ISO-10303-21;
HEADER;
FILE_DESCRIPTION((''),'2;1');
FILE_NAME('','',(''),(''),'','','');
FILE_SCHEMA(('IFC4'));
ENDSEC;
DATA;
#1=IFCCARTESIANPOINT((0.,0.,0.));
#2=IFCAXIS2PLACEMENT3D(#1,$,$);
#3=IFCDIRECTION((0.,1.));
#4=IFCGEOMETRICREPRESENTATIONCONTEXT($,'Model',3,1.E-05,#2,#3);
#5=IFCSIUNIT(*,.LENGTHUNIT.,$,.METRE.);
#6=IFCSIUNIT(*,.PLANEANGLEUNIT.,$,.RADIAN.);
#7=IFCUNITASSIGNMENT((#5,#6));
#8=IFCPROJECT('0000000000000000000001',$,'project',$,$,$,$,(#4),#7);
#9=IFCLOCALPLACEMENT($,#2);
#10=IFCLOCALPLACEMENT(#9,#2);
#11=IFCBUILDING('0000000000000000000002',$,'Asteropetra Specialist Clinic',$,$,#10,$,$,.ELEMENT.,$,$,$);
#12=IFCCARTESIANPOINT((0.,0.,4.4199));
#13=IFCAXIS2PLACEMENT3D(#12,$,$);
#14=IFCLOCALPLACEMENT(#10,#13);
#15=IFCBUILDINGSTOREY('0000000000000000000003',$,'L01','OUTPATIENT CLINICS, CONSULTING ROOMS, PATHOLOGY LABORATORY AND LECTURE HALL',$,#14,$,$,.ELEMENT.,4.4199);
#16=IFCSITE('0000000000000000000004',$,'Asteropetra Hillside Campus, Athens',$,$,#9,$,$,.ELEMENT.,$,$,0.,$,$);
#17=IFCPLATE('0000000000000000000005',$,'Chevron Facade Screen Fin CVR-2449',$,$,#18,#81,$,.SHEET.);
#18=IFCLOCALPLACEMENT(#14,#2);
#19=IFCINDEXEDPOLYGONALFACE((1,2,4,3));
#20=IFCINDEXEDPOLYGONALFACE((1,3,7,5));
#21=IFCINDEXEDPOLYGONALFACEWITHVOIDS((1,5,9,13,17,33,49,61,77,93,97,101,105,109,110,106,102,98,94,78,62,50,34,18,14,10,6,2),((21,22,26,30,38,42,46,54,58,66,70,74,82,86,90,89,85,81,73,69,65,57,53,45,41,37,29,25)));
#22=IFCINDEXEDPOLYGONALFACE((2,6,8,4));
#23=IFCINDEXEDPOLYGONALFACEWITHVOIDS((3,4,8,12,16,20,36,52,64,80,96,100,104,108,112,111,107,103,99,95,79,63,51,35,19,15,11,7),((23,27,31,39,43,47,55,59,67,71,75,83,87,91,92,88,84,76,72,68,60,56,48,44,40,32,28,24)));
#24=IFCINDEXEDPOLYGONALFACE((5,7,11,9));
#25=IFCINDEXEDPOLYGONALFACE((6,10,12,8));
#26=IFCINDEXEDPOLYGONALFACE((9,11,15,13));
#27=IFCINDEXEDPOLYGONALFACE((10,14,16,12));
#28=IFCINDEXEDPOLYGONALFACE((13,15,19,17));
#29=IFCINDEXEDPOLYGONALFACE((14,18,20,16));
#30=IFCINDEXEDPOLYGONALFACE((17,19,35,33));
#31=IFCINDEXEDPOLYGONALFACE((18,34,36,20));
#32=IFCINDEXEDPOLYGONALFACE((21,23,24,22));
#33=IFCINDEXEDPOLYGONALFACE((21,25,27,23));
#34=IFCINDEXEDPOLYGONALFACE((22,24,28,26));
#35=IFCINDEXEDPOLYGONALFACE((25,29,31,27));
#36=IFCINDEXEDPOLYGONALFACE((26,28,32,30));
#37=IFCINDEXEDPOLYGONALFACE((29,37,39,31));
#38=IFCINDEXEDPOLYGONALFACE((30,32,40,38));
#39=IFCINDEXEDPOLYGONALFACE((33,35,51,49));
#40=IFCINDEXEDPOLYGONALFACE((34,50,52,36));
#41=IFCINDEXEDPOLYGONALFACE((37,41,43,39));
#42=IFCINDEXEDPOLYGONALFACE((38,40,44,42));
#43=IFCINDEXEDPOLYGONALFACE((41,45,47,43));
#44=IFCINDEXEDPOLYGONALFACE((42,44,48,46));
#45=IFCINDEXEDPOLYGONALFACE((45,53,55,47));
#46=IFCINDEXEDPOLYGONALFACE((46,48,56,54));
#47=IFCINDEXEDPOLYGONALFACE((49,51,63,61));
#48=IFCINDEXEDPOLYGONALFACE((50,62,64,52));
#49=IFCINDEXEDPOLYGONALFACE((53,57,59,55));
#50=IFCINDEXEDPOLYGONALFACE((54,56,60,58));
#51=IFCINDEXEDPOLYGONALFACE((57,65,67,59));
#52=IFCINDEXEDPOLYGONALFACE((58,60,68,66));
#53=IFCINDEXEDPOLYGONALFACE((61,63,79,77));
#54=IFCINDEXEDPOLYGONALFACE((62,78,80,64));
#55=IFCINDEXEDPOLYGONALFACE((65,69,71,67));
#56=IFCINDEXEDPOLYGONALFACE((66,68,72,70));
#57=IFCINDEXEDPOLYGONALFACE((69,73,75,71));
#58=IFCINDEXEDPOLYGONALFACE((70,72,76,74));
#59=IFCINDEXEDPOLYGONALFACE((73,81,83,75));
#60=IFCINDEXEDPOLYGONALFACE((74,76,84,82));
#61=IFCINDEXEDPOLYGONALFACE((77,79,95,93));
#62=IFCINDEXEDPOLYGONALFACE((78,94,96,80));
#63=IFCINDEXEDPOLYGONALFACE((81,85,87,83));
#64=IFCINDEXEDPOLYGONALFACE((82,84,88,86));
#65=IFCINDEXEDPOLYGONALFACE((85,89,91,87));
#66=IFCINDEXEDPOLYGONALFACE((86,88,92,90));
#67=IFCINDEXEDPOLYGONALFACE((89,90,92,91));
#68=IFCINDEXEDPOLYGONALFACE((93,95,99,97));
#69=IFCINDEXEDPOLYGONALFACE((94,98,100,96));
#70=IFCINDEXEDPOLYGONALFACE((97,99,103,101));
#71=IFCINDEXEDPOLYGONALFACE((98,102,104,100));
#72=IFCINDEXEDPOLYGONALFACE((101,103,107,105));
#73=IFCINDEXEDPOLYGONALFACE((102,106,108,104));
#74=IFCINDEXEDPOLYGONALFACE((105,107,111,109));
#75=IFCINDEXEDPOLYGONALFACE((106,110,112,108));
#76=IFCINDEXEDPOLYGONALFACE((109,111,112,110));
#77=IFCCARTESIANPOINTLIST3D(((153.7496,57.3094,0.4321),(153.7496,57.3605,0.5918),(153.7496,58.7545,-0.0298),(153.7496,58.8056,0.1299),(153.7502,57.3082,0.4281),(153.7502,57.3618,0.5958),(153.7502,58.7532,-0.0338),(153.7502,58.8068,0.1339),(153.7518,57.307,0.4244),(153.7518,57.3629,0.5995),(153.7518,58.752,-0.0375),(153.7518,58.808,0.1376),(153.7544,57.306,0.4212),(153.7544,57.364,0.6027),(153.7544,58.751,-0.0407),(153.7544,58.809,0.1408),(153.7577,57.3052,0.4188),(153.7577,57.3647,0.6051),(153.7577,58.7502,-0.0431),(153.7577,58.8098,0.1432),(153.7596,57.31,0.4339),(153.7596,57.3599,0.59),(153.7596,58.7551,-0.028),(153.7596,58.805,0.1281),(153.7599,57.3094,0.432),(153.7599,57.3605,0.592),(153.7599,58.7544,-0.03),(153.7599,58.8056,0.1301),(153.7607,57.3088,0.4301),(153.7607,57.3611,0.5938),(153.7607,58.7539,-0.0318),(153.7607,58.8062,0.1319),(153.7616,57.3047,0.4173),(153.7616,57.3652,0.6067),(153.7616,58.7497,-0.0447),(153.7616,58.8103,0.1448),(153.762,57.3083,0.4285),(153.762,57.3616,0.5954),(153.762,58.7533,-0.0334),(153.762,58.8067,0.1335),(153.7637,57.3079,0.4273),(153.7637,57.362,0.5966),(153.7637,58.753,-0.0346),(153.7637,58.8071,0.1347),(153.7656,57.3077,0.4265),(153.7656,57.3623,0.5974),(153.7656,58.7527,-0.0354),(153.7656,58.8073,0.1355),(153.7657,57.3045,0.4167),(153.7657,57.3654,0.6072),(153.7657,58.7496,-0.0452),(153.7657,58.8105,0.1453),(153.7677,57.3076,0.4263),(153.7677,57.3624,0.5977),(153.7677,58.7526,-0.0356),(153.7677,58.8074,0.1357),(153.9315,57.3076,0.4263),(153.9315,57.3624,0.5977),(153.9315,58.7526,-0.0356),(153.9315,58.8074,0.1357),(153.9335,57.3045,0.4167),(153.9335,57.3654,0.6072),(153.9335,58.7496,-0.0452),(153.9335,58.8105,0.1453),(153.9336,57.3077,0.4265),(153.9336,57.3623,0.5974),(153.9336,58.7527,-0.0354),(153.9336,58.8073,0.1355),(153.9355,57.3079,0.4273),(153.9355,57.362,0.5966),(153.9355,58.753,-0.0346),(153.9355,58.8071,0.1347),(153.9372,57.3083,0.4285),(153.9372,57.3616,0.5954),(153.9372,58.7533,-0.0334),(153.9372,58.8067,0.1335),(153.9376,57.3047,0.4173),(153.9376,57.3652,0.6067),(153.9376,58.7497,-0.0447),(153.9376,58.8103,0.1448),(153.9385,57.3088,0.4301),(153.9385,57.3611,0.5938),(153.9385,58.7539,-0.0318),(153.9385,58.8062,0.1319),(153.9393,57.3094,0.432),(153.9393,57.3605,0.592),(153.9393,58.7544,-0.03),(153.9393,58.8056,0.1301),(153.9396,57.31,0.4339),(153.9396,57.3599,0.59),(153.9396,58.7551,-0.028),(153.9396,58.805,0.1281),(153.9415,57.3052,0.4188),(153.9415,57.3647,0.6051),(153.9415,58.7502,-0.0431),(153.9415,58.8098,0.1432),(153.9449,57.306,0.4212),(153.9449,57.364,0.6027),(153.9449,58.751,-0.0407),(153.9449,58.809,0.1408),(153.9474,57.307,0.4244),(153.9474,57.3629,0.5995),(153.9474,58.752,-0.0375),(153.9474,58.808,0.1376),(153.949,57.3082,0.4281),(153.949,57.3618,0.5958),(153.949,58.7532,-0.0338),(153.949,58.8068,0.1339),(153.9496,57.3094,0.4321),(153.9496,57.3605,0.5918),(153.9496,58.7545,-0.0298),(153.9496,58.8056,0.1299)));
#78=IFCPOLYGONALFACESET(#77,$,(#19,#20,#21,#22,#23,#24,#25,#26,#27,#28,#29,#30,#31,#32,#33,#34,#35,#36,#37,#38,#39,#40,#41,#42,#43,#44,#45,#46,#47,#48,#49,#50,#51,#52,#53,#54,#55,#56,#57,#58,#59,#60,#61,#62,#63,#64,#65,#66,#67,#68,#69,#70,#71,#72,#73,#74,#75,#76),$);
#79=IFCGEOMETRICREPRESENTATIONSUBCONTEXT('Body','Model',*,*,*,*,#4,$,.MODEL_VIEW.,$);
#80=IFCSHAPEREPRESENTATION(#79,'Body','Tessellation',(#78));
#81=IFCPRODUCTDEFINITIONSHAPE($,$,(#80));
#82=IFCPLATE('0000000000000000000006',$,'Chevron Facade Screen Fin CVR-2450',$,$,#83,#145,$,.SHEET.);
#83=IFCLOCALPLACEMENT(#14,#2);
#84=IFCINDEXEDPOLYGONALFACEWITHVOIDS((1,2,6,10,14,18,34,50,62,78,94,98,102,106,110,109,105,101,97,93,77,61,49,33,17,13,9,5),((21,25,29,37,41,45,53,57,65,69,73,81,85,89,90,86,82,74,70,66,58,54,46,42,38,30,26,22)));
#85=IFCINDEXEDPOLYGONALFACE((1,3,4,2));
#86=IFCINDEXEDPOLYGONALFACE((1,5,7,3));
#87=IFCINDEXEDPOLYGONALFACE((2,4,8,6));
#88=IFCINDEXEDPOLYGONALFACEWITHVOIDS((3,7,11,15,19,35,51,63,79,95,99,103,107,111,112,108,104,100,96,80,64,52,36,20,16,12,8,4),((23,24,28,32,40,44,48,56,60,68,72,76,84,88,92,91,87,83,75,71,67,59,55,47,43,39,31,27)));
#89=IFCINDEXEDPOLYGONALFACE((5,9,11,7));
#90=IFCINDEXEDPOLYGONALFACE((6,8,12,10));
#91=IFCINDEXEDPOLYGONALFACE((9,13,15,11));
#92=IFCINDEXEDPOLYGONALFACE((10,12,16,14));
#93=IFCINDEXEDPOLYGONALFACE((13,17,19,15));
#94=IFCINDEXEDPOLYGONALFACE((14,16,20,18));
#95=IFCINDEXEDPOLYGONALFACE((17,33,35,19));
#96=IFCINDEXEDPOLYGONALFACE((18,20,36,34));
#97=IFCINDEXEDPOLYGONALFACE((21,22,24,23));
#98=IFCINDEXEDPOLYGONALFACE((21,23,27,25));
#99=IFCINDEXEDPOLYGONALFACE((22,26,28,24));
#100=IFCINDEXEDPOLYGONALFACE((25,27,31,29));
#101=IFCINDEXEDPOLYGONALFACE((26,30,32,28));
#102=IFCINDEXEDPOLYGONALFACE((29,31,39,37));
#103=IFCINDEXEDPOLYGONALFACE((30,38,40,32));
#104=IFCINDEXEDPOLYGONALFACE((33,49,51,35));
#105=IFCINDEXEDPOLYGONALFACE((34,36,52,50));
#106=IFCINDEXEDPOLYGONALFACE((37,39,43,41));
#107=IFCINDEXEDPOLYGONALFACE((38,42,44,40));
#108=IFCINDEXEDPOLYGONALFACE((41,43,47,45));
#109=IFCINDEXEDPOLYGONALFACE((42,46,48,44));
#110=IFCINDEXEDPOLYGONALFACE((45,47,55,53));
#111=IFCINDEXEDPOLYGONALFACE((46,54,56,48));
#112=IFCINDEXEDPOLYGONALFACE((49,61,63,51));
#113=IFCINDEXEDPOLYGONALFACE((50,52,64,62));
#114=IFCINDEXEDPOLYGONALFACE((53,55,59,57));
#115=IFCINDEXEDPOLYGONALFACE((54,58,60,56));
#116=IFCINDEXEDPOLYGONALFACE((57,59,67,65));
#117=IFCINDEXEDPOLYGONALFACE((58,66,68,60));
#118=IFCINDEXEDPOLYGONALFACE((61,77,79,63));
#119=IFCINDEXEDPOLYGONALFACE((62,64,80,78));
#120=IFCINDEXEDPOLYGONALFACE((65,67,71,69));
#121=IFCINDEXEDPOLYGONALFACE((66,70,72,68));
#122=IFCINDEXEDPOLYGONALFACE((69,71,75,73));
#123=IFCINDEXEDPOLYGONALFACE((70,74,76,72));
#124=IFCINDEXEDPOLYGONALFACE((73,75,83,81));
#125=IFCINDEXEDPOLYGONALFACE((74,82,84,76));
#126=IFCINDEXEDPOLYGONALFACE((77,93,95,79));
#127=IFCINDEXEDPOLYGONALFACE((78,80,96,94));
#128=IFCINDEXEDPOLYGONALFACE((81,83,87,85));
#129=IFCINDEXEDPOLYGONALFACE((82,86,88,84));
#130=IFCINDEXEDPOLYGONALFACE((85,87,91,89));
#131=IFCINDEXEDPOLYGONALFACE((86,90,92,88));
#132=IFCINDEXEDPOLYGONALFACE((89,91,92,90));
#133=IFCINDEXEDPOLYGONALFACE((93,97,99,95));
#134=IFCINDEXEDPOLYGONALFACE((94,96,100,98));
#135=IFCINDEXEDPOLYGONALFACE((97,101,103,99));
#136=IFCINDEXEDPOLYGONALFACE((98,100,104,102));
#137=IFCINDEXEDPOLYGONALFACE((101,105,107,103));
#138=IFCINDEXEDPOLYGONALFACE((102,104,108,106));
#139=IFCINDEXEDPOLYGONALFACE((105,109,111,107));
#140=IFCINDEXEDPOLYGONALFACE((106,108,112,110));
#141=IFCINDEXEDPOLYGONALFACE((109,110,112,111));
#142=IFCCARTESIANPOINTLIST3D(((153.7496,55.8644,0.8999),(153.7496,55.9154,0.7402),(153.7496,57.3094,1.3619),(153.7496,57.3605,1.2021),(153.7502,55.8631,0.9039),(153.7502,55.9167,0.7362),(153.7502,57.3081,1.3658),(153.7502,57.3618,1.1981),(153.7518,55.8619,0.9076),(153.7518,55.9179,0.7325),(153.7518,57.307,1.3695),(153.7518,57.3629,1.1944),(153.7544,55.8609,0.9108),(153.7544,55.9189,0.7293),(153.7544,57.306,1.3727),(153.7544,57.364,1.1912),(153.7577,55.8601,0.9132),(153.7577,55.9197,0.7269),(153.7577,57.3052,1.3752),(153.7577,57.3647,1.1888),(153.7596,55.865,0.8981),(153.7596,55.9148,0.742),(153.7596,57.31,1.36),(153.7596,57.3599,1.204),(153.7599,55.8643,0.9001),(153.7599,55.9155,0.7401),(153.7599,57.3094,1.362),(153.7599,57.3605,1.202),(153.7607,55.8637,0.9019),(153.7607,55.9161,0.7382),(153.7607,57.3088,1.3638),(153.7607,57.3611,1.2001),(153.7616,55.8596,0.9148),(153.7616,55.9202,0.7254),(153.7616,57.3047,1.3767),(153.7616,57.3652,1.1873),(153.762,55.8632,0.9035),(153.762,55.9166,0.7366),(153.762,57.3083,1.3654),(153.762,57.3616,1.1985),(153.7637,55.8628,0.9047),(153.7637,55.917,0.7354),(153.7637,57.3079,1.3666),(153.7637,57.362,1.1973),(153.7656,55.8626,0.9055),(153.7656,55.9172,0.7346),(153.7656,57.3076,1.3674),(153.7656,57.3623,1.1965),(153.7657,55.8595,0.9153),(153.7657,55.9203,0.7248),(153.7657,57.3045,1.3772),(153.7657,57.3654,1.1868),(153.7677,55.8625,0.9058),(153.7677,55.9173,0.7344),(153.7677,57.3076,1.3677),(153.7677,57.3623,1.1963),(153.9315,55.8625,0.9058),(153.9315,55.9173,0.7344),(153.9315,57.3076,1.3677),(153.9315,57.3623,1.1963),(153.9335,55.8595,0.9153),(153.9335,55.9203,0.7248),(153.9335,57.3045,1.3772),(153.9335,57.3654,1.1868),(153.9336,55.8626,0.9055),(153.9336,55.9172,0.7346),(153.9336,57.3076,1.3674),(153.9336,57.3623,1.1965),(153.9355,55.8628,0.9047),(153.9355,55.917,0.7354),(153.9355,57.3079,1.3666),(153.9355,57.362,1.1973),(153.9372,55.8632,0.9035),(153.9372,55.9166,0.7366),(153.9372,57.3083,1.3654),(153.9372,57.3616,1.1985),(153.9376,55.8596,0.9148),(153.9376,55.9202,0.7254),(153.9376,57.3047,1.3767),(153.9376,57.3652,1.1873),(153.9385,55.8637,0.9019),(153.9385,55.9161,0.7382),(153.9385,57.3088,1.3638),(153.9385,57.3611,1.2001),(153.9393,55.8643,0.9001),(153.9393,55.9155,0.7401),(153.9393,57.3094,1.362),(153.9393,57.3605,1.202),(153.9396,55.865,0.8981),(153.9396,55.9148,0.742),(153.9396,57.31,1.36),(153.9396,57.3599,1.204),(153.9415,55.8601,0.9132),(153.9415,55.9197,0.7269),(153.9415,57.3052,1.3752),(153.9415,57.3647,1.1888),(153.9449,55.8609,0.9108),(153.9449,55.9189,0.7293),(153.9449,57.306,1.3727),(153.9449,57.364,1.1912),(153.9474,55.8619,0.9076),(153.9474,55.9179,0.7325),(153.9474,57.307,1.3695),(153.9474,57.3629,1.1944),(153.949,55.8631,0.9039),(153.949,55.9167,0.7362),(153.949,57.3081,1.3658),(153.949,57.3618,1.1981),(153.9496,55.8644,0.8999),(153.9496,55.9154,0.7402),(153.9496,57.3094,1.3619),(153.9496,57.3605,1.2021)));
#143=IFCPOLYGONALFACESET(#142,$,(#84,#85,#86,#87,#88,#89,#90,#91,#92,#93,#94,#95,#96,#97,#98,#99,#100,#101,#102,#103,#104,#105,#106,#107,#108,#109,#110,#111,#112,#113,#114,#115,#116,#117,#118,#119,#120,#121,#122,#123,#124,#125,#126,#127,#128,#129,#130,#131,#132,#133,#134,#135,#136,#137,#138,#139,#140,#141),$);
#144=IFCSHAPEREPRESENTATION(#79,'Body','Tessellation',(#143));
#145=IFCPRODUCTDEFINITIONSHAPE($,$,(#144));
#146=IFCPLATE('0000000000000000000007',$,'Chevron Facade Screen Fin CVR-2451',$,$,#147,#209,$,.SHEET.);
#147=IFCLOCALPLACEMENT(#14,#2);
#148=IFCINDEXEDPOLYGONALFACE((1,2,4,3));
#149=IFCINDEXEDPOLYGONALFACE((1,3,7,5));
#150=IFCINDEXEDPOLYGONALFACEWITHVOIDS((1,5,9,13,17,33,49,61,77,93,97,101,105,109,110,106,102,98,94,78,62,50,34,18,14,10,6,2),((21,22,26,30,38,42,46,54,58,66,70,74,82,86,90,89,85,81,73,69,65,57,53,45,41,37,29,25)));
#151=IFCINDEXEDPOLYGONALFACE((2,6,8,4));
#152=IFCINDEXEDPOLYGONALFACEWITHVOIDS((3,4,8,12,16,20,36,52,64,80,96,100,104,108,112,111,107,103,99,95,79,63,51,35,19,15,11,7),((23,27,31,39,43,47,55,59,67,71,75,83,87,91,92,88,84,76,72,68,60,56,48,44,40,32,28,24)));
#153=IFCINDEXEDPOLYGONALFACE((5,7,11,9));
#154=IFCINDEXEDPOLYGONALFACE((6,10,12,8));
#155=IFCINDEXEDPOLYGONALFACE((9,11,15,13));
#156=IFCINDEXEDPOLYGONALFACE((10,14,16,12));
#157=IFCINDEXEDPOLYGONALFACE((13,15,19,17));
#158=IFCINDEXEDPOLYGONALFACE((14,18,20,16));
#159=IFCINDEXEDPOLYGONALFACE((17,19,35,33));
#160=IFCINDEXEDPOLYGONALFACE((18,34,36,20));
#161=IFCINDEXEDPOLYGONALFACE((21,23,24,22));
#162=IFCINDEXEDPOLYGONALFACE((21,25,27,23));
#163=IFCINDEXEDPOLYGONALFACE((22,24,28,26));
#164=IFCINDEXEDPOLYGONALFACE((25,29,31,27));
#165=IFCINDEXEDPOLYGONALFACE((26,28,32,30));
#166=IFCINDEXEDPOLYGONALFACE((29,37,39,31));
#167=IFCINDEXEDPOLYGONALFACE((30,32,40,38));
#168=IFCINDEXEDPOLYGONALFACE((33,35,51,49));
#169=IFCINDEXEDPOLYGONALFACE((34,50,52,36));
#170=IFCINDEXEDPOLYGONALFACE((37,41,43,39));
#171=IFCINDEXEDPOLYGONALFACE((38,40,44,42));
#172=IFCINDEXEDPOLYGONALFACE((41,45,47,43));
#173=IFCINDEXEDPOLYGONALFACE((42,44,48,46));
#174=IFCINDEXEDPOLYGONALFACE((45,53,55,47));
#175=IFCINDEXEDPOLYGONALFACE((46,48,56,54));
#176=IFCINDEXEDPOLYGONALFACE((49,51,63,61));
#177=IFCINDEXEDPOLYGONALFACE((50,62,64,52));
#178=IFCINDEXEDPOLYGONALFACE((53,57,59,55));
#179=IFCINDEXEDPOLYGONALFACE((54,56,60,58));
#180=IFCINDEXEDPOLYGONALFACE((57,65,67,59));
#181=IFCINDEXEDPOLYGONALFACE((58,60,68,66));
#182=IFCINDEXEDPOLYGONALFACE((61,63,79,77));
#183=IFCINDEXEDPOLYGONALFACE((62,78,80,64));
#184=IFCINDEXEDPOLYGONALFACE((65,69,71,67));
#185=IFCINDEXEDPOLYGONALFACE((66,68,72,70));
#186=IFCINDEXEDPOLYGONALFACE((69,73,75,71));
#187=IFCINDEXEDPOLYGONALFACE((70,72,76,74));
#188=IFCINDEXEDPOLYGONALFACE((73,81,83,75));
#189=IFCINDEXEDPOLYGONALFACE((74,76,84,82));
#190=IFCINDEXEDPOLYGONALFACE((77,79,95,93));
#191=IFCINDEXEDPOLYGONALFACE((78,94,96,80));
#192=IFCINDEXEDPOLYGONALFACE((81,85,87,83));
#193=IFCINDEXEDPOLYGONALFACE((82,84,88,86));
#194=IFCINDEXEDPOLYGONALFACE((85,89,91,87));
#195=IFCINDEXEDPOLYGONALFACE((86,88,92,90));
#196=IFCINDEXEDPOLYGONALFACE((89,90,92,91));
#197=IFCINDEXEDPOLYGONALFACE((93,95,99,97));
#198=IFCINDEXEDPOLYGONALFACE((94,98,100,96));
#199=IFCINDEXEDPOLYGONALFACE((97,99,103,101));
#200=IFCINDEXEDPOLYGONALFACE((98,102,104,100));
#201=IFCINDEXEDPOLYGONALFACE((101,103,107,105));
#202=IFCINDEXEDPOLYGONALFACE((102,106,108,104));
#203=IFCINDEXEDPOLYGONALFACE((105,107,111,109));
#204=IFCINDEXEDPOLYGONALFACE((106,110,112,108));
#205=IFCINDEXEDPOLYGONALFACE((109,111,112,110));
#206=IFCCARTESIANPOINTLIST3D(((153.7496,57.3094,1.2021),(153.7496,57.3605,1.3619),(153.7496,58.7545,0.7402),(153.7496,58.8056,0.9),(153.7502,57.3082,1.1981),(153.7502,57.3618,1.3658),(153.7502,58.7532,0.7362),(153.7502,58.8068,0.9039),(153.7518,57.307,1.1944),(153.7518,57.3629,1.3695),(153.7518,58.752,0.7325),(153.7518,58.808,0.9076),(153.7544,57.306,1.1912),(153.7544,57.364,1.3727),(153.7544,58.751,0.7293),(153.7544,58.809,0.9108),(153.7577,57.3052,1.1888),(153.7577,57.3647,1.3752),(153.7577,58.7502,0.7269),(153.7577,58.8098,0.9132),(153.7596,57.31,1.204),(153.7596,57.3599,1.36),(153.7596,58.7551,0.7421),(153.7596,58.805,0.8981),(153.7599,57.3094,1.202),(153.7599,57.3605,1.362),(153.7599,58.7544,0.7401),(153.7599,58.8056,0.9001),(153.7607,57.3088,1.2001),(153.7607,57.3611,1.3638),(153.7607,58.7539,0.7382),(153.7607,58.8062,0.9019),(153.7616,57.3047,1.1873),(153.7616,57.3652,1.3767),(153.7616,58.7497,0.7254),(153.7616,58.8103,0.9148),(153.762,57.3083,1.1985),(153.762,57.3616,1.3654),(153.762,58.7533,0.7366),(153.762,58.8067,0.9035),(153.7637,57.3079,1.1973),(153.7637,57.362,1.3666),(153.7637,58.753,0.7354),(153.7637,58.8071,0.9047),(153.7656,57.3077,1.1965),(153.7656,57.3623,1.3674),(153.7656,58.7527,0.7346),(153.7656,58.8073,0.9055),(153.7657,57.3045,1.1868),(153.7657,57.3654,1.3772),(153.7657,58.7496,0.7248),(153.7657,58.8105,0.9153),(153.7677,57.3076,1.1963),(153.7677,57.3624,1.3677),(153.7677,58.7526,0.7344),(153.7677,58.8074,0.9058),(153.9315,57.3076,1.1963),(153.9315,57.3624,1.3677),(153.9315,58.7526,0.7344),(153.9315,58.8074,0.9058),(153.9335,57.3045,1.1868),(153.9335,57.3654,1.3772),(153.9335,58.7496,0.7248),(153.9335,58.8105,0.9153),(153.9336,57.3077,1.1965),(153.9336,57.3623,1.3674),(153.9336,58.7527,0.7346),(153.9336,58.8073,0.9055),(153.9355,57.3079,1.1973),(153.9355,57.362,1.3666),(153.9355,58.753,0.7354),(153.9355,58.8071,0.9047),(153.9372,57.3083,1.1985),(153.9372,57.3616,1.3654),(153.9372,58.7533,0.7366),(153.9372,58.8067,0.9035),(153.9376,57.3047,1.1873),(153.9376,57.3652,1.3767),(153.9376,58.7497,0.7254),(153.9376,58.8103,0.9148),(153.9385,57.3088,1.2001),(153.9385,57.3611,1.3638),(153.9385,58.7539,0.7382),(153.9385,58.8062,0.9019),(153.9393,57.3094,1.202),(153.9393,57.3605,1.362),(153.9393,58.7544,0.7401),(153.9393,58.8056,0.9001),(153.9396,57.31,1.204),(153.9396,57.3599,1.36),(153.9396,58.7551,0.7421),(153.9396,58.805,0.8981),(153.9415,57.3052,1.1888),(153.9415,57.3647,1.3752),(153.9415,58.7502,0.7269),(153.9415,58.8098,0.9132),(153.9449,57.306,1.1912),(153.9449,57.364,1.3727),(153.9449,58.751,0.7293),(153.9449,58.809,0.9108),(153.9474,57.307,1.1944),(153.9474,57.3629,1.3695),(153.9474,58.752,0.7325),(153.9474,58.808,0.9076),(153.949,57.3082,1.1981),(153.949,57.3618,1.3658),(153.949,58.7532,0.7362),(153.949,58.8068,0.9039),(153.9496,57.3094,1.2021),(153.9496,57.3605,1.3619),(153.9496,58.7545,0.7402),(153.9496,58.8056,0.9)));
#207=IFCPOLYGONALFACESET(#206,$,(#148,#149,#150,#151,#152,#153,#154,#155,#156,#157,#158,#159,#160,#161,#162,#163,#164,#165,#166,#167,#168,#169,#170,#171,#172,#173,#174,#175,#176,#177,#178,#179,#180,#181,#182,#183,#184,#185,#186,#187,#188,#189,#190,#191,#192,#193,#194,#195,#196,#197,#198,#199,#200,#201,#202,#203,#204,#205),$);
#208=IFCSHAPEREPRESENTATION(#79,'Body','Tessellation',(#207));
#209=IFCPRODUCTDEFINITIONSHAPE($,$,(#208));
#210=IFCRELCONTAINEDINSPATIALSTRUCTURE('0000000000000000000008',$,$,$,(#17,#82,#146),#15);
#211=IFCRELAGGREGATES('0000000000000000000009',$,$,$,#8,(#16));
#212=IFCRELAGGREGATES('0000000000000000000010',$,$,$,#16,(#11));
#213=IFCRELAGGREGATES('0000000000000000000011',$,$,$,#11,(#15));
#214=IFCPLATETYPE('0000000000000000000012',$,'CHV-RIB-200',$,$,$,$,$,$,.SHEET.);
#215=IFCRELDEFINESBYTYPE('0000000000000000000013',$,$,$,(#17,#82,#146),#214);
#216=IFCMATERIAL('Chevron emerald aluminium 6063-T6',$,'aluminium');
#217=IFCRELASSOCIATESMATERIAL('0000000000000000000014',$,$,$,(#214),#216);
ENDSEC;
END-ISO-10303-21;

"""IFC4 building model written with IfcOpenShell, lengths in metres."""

from ifc_helpers import new_model, si_unit, direction, frame, origin, origin_2d, place, context, subcontext, project, spatial, hollow_rectangle, extrude, material, material_profile, profile_set, type_object, element, save


model = new_model("IFC4")

# Units and contexts
model_context = context("Model", 3, precision=1e-05, world=origin(), true_north=direction((0.0, 1.0)))
body_context = subcontext(model_context, "Body", "Model", "MODEL_VIEW")
ifc_project = project(units=[si_unit("LENGTHUNIT", "METRE"), si_unit("PLANEANGLEUNIT", "RADIAN")], contexts=[model_context])

# Site, building, storey
site_placement = place(None, origin())
site = spatial("IfcSite", under=ifc_project, at=site_placement, Name="Asteropetra Hillside Campus, Athens", CompositionType="ELEMENT", RefElevation=0.0)
building_placement = place(site_placement, origin())
building = spatial("IfcBuilding", under=site, at=building_placement, Name="Asteropetra Specialist Clinic", CompositionType="ELEMENT")
storey_placement = place(building_placement, frame((0.0, 0.0, 4.4199)))
storey = spatial("IfcBuildingStorey", under=building, at=storey_placement, Name="L01", Description="OUTPATIENT CLINICS, CONSULTING ROOMS, PATHOLOGY LABORATORY AND LECTURE HALL", CompositionType="ELEMENT", Elevation=4.4199)

# Plates
ifc_material_1 = material(Name="Chevron emerald aluminium 6063-T6", Category="aluminium")
ifc_material_profile = material_profile(ifc_material_1, hollow_rectangle(XDim=0.2, YDim=0.2, WallThickness=0.01, InnerFilletRadius=0.0081, OuterFilletRadius=0.0161, at=origin_2d()), Name="SHS 200x200x10.0")
ifc_profile_set = profile_set([ifc_material_profile], Name="Chevron emerald aluminium 6063-T6")
plate_type = type_object("IfcPlateType", Name="CHV-RIB-200", PredefinedType="SHEET", material=ifc_profile_set)
for number, where, z_axis, x_axis, name in (
    (1, (153.8496, 57.335, 0.512), (0.0, 0.952521, -0.304472), (-1.0, 0.0, 0.0), "Chevron Facade Screen Fin CVR-2449"),
    (2, (153.8496, 55.8899, 0.8201), (0.0, 0.952521, 0.304472), (-1.0, 0.0, 0.0), "Chevron Facade Screen Fin CVR-2450"),
    (3, (153.8496, 57.335, 1.282), (0.0, 0.952521, -0.304472), (-1.0, 0.0, 0.0), "Chevron Facade Screen Fin CVR-2451"),
):
    element("IfcPlate", number, at=place(storey_placement, frame(where, z_axis=z_axis, x_axis=x_axis)), inside=storey, type_object=plate_type, Name=name, PredefinedType="SHEET", context=body_context, shape_type="SweptSolid", body=[
        extrude(hollow_rectangle(XDim=0.2, YDim=0.2, WallThickness=0.01, InnerFilletRadius=0.0081, OuterFilletRadius=0.0161, at=origin_2d()), origin(), (0.0, 0.0, 1.0), 1.5171),
    ])

save(model, "model.ifc")
